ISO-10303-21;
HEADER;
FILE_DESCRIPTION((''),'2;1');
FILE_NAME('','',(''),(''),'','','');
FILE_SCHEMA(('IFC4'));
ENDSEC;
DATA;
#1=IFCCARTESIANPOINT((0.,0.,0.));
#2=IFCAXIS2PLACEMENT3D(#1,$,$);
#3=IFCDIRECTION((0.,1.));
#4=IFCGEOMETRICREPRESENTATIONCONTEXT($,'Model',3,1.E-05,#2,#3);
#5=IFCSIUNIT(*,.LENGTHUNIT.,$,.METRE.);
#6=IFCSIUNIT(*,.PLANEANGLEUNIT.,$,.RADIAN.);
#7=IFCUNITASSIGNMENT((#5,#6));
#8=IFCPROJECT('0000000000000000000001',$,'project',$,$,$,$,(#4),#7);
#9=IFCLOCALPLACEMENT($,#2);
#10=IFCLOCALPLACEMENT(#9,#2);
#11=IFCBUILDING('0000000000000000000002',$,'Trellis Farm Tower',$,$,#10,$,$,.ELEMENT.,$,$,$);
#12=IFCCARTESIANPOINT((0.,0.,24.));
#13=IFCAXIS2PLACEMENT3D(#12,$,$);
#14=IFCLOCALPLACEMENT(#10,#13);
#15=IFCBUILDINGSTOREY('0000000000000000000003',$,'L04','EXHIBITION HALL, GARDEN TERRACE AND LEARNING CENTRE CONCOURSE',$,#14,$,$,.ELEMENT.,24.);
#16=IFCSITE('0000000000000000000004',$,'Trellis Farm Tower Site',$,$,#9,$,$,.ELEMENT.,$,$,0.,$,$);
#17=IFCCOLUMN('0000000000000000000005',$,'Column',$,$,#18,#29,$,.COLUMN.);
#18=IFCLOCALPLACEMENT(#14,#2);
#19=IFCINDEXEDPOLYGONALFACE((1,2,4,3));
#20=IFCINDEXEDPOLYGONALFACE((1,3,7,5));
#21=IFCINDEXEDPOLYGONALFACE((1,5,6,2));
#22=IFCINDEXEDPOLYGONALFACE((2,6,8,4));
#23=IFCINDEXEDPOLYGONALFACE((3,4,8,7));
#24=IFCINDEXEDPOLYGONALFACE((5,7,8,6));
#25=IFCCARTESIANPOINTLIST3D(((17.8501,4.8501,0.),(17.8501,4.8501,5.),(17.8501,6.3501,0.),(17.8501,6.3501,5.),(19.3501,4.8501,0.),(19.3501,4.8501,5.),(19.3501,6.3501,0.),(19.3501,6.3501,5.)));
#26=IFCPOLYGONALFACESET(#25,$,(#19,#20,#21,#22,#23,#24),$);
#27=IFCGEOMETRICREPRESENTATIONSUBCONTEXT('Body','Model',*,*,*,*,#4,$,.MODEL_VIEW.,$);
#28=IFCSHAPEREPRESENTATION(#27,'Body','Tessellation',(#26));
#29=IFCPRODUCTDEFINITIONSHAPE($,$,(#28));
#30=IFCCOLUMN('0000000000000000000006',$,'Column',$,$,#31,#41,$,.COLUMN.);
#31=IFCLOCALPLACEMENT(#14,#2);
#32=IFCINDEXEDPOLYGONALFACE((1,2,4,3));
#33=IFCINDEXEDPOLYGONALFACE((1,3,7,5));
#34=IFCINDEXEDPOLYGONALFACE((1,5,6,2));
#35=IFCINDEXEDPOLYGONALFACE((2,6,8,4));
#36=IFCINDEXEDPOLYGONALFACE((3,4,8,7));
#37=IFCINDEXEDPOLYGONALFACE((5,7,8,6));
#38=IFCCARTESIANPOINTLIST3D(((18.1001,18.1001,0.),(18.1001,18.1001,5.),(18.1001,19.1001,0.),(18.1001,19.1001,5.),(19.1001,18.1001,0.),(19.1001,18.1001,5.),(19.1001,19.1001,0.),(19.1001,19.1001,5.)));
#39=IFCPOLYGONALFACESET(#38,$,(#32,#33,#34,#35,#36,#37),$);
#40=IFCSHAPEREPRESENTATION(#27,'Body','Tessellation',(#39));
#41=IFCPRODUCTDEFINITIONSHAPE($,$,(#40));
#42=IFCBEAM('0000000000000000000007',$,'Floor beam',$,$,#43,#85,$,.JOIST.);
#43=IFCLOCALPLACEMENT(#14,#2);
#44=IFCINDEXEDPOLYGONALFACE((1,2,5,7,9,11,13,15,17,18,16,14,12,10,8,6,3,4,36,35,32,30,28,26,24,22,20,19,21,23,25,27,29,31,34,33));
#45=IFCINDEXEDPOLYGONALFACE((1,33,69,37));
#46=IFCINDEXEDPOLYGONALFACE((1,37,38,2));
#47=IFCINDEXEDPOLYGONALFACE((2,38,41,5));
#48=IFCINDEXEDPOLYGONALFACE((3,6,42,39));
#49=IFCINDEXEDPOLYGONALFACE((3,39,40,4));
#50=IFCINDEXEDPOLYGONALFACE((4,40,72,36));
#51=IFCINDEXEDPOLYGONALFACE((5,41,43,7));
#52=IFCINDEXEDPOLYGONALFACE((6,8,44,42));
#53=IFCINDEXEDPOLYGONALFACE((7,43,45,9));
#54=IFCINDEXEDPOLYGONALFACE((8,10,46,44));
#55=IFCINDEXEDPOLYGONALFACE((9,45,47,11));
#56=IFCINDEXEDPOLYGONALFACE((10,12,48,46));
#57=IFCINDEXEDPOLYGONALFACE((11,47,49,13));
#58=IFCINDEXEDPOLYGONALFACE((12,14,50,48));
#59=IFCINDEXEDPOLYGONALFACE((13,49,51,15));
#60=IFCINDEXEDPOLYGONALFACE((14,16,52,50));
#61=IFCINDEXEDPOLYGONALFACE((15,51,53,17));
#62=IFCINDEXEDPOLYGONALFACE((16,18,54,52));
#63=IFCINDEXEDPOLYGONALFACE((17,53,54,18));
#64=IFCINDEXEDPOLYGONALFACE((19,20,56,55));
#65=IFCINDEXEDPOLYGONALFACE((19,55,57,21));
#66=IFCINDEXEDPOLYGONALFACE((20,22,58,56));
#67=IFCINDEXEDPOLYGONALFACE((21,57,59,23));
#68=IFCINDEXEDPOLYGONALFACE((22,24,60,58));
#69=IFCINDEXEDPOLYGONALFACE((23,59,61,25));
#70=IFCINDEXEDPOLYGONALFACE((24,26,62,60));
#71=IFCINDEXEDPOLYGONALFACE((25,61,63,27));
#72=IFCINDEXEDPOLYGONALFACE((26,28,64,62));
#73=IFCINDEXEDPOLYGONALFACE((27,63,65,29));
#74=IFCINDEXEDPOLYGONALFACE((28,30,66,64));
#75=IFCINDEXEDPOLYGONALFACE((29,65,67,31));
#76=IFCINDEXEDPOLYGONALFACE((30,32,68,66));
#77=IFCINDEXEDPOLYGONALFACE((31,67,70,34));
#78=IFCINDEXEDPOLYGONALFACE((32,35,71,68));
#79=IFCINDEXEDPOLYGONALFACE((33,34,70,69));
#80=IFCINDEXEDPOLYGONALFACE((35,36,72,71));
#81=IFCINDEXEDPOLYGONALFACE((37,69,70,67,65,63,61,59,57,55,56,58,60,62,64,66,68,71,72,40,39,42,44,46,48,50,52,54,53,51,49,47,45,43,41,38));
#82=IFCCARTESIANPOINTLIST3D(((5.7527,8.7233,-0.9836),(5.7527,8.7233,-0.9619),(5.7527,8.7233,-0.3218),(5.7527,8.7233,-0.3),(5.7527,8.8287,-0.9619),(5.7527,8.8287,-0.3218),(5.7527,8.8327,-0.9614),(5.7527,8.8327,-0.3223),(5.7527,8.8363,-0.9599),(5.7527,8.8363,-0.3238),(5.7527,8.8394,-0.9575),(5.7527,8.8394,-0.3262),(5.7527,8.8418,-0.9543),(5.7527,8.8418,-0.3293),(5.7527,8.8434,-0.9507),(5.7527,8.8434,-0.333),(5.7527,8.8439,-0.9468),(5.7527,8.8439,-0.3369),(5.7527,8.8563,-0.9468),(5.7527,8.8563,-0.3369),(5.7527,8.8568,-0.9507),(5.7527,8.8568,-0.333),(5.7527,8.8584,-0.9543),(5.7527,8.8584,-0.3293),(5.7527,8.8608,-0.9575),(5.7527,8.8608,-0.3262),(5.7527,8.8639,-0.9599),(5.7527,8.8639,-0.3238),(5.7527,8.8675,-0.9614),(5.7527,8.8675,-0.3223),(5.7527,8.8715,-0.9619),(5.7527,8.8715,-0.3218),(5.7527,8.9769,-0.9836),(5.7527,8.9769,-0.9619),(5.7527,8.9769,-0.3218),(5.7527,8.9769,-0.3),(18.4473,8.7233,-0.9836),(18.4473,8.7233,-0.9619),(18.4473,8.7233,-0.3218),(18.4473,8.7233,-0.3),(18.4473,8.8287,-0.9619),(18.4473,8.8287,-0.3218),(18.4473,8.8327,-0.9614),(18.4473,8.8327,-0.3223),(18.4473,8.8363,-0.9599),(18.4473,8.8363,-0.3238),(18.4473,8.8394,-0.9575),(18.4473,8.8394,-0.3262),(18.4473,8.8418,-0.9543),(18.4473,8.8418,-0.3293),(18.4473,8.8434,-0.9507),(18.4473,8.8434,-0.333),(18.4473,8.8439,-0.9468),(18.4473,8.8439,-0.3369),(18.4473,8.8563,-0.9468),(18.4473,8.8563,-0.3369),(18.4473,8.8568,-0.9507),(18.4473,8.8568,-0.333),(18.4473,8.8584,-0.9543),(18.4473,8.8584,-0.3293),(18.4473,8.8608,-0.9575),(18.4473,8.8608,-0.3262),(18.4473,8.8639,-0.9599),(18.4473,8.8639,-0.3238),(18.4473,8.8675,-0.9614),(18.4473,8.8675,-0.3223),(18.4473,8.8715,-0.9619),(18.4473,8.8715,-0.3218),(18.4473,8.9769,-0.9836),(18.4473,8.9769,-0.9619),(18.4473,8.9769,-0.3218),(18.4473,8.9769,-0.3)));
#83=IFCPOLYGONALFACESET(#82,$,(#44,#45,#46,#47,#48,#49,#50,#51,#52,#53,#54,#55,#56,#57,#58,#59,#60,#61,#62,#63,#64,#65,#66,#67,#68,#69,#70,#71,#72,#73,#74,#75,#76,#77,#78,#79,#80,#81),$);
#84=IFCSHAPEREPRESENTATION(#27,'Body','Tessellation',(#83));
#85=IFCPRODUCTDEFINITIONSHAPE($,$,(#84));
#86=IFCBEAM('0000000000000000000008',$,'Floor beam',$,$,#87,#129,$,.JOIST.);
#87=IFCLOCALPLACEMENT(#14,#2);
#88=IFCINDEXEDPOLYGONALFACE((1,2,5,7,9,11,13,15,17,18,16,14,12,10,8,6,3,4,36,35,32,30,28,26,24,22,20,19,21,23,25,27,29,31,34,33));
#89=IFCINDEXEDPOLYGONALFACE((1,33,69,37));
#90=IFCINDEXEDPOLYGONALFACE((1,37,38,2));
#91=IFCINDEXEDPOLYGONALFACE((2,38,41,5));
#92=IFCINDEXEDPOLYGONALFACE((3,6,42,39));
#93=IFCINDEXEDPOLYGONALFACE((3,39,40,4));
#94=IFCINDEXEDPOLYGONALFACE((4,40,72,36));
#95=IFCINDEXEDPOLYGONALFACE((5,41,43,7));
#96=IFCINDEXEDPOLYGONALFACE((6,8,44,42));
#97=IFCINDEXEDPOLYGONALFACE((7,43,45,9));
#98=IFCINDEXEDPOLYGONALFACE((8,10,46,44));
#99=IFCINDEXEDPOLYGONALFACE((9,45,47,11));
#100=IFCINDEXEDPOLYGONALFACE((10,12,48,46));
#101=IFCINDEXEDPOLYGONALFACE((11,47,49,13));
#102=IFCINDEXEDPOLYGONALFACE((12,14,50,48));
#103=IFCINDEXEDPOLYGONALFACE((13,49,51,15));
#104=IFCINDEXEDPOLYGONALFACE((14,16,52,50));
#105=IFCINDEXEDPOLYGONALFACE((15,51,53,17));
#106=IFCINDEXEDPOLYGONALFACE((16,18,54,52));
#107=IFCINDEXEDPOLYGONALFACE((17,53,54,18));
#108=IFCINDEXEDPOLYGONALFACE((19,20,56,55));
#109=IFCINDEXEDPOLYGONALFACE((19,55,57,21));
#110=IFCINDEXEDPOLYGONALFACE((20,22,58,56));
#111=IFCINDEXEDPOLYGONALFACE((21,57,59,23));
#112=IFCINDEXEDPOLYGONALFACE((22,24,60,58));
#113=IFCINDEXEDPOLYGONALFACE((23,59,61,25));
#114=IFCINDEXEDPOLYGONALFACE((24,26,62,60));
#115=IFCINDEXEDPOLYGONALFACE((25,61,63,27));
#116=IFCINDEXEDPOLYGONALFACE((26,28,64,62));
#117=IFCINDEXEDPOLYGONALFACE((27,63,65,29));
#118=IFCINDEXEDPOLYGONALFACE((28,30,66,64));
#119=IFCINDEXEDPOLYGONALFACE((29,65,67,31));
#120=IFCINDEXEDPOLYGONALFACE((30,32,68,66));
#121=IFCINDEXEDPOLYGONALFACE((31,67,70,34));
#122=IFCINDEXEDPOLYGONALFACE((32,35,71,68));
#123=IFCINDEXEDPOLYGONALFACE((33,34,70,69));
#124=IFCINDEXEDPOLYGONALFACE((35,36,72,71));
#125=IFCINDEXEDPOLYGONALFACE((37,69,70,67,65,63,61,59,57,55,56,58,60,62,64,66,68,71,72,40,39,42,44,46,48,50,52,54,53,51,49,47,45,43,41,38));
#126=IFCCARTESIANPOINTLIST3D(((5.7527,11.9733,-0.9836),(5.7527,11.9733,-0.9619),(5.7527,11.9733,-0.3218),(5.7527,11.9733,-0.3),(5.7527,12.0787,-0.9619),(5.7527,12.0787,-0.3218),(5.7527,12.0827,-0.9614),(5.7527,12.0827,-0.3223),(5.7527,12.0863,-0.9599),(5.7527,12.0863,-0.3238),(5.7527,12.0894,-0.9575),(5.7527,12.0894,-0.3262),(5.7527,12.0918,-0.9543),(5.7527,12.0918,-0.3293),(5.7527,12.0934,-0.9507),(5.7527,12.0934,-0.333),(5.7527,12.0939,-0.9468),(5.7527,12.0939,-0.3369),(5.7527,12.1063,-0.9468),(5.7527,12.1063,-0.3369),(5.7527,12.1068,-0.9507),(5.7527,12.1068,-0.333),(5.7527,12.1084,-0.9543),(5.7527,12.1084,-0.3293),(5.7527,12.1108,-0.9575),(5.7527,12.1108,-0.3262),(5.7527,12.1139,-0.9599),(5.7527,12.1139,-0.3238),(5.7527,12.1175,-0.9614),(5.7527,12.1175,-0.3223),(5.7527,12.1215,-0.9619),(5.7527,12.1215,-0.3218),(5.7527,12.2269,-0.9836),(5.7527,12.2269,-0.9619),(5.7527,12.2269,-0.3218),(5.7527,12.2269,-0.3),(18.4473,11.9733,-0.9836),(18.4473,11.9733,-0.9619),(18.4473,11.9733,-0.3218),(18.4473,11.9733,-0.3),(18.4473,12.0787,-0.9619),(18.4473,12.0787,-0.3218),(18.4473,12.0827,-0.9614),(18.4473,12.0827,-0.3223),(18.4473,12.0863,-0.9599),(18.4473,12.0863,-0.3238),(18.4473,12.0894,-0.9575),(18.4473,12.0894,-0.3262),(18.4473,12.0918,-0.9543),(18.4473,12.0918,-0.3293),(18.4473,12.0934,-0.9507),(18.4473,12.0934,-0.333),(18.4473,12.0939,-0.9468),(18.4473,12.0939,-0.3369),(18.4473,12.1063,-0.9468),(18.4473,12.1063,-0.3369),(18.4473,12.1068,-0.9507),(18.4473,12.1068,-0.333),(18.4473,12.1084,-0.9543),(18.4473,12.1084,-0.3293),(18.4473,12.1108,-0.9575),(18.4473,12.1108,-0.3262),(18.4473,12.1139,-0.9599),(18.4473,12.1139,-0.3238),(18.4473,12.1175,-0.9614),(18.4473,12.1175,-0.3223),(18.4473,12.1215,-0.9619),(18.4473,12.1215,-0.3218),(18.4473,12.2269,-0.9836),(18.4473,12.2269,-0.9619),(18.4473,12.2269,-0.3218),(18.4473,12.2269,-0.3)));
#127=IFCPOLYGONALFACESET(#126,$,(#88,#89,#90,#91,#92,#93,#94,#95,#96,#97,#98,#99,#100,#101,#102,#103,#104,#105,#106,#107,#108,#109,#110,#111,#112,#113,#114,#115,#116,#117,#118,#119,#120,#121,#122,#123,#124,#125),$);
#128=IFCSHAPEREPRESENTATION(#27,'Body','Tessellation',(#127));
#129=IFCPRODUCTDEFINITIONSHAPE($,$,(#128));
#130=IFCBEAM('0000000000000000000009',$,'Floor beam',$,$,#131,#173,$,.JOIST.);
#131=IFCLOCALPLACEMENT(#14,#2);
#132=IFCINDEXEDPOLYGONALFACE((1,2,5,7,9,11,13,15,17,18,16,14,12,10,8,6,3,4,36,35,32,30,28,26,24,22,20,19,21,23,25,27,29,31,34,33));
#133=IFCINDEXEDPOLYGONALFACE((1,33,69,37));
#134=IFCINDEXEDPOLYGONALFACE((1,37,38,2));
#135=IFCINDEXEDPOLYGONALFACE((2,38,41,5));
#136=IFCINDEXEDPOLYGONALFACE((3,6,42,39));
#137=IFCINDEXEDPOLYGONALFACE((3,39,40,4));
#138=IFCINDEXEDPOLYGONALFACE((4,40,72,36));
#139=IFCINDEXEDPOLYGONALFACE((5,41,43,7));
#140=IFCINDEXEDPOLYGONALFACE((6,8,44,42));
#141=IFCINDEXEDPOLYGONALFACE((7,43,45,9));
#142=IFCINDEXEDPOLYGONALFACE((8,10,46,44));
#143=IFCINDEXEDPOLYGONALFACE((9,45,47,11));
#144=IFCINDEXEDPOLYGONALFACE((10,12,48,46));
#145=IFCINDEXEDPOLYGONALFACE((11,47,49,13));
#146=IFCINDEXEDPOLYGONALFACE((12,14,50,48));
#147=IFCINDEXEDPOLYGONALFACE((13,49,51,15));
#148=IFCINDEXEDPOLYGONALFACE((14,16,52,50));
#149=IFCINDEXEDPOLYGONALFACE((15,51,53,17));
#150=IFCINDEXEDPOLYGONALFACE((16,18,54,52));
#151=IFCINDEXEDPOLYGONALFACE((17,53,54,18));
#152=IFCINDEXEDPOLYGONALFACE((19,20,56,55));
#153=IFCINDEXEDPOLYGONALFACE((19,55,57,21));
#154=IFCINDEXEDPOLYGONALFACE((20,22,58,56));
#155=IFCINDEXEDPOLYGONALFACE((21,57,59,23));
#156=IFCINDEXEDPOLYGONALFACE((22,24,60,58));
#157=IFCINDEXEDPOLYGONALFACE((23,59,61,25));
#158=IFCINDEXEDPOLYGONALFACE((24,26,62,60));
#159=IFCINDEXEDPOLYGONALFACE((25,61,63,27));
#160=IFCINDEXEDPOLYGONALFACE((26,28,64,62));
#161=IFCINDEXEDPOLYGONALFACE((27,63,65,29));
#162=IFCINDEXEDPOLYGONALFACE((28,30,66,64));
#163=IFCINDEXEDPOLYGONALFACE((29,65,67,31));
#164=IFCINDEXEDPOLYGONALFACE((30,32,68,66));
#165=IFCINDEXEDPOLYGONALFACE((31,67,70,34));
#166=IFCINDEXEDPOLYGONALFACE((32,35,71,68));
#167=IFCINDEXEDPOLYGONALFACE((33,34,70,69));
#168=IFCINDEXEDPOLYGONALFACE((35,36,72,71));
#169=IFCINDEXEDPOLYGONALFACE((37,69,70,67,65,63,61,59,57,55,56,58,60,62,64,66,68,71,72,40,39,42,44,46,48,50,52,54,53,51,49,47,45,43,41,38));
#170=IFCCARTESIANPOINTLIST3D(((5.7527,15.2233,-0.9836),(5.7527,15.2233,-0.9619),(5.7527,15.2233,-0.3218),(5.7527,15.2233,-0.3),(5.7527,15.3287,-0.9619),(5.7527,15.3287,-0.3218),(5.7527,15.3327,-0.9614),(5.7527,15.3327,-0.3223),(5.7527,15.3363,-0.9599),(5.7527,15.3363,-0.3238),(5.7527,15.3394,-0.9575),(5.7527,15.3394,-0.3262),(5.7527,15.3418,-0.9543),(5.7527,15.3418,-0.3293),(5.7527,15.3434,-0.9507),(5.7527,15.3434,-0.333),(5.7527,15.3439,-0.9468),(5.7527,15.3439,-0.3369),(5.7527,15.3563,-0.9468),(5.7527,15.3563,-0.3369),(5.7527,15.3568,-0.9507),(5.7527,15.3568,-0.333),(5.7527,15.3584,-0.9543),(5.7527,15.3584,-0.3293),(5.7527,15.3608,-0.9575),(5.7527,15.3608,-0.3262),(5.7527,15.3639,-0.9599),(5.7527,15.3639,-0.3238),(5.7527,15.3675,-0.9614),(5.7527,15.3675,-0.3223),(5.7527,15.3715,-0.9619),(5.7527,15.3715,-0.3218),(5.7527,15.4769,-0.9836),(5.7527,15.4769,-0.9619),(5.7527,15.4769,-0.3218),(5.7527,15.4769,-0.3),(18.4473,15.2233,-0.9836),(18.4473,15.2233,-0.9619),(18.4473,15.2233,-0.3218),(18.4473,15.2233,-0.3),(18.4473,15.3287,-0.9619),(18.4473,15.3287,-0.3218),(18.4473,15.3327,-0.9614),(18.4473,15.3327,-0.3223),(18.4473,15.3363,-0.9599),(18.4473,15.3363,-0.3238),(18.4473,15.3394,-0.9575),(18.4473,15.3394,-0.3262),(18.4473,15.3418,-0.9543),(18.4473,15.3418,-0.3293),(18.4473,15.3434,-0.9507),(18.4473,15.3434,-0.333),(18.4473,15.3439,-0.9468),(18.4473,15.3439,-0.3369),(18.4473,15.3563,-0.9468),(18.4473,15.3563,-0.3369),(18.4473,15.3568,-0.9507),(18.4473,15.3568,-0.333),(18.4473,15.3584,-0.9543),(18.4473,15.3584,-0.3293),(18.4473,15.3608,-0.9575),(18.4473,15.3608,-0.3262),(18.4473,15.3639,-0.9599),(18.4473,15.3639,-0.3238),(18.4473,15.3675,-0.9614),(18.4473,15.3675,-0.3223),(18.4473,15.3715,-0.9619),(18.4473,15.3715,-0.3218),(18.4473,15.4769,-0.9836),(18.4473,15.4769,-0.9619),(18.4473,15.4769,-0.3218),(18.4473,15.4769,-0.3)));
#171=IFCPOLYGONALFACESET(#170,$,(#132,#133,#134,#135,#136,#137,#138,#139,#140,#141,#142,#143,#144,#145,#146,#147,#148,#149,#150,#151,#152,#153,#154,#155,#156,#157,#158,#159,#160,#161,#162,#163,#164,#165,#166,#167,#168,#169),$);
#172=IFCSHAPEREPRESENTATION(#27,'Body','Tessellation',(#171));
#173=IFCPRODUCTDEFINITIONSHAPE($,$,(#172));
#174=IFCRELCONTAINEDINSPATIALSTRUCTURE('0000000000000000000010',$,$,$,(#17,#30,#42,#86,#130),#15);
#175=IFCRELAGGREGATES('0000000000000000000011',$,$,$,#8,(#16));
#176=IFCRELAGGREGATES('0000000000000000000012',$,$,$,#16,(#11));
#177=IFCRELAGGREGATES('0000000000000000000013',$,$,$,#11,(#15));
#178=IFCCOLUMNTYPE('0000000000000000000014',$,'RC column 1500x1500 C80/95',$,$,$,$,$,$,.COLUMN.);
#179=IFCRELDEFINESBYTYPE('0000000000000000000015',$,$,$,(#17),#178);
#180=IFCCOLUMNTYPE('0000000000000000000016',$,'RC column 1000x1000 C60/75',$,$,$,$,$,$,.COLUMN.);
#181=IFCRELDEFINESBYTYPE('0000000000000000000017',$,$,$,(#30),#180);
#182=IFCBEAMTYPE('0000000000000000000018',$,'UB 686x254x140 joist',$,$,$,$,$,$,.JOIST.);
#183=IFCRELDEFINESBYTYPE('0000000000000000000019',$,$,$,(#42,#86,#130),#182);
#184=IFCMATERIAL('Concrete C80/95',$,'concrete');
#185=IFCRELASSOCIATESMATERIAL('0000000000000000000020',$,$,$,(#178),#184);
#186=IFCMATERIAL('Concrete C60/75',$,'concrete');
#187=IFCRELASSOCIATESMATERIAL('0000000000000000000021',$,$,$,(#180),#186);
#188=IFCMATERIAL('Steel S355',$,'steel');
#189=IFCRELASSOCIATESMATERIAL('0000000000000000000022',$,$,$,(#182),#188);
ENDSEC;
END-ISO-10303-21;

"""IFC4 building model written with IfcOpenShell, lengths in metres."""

from ifc_helpers import new_model, si_unit, direction, frame, origin, origin_2d, place, context, subcontext, project, spatial, rectangle, i_section, extrude, source, transform, mapped, material, material_profile, profile_set, type_object, element, save


model = new_model("IFC4")

# Units and contexts
model_context = context("Model", 3, precision=1e-05, world=origin(), true_north=direction((0.0, 1.0)))
body_context = subcontext(model_context, "Body", "Model", "MODEL_VIEW")
ifc_project = project(units=[si_unit("LENGTHUNIT", "METRE"), si_unit("PLANEANGLEUNIT", "RADIAN")], contexts=[model_context])

# Site, building, storey
site_placement = place(None, origin())
site = spatial("IfcSite", under=ifc_project, at=site_placement, Name="Trellis Farm Tower Site", CompositionType="ELEMENT", RefElevation=0.0)
building_placement = place(site_placement, origin())
building = spatial("IfcBuilding", under=site, at=building_placement, Name="Trellis Farm Tower", CompositionType="ELEMENT")
storey_placement = place(building_placement, frame((0.0, 0.0, 24.0)))
storey = spatial("IfcBuildingStorey", under=building, at=storey_placement, Name="L04", Description="EXHIBITION HALL, GARDEN TERRACE AND LEARNING CENTRE CONCOURSE", CompositionType="ELEMENT", Elevation=24.0)

# Columns
ifc_material_1 = material(Name="Concrete C80/95", Category="concrete")
ifc_material_profile_1 = material_profile(ifc_material_1, rectangle(XDim=1.5, YDim=1.5, at=origin_2d()), Name="RC column 1500x1500 C80/95")
ifc_profile_set_1 = profile_set([ifc_material_profile_1], Name="Concrete C80/95")
column_type_1 = type_object("IfcColumnType", Name="RC column 1500x1500 C80/95", PredefinedType="COLUMN", material=ifc_profile_set_1)
shared_shape_1 = source(origin(), body_context, "Body", "SweptSolid", [
    extrude(rectangle(XDim=1.5, YDim=1.5, at=origin_2d()), origin(), (0.0, 0.0, 1.0), 5.0),
])
column_1_placement = place(storey_placement, frame((18.6001, 5.6001, 0.0), z_axis=(0.0, 0.0, 1.0), x_axis=(1.0, 0.0, 0.0)))
element("IfcColumn", 1, at=column_1_placement, inside=storey, type_object=column_type_1, Name="Column", PredefinedType="COLUMN", context=body_context, shape_type="MappedRepresentation", body=[
    mapped(shared_shape_1, transform((0.0, 0.0, 0.0))),
])
ifc_material_2 = material(Name="Concrete C60/75", Category="concrete")
ifc_material_profile_2 = material_profile(ifc_material_2, rectangle(XDim=1.0, YDim=1.0, at=origin_2d()), Name="RC column 1000x1000 C60/75")
ifc_profile_set_2 = profile_set([ifc_material_profile_2], Name="Concrete C60/75")
column_type_2 = type_object("IfcColumnType", Name="RC column 1000x1000 C60/75", PredefinedType="COLUMN", material=ifc_profile_set_2)
shared_shape_2 = source(origin(), body_context, "Body", "SweptSolid", [
    extrude(rectangle(XDim=1.0, YDim=1.0, at=origin_2d()), origin(), (0.0, 0.0, 1.0), 5.0),
])
column_2_placement = place(storey_placement, frame((18.6001, 18.6001, 0.0), z_axis=(0.0, 0.0, 1.0), x_axis=(1.0, 0.0, 0.0)))
element("IfcColumn", 2, at=column_2_placement, inside=storey, type_object=column_type_2, Name="Column", PredefinedType="COLUMN", context=body_context, shape_type="MappedRepresentation", body=[
    mapped(shared_shape_2, transform((0.0, 0.0, 0.0))),
])

# Beams
ifc_material_3 = material(Name="Steel S355", Category="steel")
ifc_material_profile_3 = material_profile(ifc_material_3, i_section(OverallWidth=0.2537, OverallDepth=0.6836, WebThickness=0.0125, FlangeThickness=0.0217, FilletRadius=0.0151, at=origin_2d()), Name="UB 686x254x140")
ifc_profile_set_3 = profile_set([ifc_material_profile_3], Name="Steel S355")
beam_type_1 = type_object("IfcBeamType", Name="UB 686x254x140 joist", PredefinedType="JOIST", material=ifc_profile_set_3)
shared_shape_3 = source(origin(), body_context, "Body", "SweptSolid", [
    extrude(i_section(OverallWidth=0.2537, OverallDepth=0.6836, WebThickness=0.0125, FlangeThickness=0.0217, FilletRadius=0.0151, at=origin_2d()), origin(), (0.0, 0.0, 1.0), 12.6946),
])
for number, where, z_axis, x_axis, name in (
    (3, (5.7527, 8.8501, -0.6418), (1.0, 0.0, 0.0), (0.0, 1.0, 0.0), "Floor beam"),
    (4, (5.7527, 12.1001, -0.6418), (1.0, 0.0, 0.0), (0.0, 1.0, 0.0), "Floor beam"),
    (5, (5.7527, 15.3501, -0.6418), (1.0, 0.0, 0.0), (0.0, 1.0, 0.0), "Floor beam"),
):
    element("IfcBeam", number, at=place(storey_placement, frame(where, z_axis=z_axis, x_axis=x_axis)), inside=storey, type_object=beam_type_1, Name=name, PredefinedType="JOIST", context=body_context, shape_type="MappedRepresentation", body=[
        mapped(shared_shape_3, transform((0.0, 0.0, 0.0))),
    ])

save(model, "model.ifc")
